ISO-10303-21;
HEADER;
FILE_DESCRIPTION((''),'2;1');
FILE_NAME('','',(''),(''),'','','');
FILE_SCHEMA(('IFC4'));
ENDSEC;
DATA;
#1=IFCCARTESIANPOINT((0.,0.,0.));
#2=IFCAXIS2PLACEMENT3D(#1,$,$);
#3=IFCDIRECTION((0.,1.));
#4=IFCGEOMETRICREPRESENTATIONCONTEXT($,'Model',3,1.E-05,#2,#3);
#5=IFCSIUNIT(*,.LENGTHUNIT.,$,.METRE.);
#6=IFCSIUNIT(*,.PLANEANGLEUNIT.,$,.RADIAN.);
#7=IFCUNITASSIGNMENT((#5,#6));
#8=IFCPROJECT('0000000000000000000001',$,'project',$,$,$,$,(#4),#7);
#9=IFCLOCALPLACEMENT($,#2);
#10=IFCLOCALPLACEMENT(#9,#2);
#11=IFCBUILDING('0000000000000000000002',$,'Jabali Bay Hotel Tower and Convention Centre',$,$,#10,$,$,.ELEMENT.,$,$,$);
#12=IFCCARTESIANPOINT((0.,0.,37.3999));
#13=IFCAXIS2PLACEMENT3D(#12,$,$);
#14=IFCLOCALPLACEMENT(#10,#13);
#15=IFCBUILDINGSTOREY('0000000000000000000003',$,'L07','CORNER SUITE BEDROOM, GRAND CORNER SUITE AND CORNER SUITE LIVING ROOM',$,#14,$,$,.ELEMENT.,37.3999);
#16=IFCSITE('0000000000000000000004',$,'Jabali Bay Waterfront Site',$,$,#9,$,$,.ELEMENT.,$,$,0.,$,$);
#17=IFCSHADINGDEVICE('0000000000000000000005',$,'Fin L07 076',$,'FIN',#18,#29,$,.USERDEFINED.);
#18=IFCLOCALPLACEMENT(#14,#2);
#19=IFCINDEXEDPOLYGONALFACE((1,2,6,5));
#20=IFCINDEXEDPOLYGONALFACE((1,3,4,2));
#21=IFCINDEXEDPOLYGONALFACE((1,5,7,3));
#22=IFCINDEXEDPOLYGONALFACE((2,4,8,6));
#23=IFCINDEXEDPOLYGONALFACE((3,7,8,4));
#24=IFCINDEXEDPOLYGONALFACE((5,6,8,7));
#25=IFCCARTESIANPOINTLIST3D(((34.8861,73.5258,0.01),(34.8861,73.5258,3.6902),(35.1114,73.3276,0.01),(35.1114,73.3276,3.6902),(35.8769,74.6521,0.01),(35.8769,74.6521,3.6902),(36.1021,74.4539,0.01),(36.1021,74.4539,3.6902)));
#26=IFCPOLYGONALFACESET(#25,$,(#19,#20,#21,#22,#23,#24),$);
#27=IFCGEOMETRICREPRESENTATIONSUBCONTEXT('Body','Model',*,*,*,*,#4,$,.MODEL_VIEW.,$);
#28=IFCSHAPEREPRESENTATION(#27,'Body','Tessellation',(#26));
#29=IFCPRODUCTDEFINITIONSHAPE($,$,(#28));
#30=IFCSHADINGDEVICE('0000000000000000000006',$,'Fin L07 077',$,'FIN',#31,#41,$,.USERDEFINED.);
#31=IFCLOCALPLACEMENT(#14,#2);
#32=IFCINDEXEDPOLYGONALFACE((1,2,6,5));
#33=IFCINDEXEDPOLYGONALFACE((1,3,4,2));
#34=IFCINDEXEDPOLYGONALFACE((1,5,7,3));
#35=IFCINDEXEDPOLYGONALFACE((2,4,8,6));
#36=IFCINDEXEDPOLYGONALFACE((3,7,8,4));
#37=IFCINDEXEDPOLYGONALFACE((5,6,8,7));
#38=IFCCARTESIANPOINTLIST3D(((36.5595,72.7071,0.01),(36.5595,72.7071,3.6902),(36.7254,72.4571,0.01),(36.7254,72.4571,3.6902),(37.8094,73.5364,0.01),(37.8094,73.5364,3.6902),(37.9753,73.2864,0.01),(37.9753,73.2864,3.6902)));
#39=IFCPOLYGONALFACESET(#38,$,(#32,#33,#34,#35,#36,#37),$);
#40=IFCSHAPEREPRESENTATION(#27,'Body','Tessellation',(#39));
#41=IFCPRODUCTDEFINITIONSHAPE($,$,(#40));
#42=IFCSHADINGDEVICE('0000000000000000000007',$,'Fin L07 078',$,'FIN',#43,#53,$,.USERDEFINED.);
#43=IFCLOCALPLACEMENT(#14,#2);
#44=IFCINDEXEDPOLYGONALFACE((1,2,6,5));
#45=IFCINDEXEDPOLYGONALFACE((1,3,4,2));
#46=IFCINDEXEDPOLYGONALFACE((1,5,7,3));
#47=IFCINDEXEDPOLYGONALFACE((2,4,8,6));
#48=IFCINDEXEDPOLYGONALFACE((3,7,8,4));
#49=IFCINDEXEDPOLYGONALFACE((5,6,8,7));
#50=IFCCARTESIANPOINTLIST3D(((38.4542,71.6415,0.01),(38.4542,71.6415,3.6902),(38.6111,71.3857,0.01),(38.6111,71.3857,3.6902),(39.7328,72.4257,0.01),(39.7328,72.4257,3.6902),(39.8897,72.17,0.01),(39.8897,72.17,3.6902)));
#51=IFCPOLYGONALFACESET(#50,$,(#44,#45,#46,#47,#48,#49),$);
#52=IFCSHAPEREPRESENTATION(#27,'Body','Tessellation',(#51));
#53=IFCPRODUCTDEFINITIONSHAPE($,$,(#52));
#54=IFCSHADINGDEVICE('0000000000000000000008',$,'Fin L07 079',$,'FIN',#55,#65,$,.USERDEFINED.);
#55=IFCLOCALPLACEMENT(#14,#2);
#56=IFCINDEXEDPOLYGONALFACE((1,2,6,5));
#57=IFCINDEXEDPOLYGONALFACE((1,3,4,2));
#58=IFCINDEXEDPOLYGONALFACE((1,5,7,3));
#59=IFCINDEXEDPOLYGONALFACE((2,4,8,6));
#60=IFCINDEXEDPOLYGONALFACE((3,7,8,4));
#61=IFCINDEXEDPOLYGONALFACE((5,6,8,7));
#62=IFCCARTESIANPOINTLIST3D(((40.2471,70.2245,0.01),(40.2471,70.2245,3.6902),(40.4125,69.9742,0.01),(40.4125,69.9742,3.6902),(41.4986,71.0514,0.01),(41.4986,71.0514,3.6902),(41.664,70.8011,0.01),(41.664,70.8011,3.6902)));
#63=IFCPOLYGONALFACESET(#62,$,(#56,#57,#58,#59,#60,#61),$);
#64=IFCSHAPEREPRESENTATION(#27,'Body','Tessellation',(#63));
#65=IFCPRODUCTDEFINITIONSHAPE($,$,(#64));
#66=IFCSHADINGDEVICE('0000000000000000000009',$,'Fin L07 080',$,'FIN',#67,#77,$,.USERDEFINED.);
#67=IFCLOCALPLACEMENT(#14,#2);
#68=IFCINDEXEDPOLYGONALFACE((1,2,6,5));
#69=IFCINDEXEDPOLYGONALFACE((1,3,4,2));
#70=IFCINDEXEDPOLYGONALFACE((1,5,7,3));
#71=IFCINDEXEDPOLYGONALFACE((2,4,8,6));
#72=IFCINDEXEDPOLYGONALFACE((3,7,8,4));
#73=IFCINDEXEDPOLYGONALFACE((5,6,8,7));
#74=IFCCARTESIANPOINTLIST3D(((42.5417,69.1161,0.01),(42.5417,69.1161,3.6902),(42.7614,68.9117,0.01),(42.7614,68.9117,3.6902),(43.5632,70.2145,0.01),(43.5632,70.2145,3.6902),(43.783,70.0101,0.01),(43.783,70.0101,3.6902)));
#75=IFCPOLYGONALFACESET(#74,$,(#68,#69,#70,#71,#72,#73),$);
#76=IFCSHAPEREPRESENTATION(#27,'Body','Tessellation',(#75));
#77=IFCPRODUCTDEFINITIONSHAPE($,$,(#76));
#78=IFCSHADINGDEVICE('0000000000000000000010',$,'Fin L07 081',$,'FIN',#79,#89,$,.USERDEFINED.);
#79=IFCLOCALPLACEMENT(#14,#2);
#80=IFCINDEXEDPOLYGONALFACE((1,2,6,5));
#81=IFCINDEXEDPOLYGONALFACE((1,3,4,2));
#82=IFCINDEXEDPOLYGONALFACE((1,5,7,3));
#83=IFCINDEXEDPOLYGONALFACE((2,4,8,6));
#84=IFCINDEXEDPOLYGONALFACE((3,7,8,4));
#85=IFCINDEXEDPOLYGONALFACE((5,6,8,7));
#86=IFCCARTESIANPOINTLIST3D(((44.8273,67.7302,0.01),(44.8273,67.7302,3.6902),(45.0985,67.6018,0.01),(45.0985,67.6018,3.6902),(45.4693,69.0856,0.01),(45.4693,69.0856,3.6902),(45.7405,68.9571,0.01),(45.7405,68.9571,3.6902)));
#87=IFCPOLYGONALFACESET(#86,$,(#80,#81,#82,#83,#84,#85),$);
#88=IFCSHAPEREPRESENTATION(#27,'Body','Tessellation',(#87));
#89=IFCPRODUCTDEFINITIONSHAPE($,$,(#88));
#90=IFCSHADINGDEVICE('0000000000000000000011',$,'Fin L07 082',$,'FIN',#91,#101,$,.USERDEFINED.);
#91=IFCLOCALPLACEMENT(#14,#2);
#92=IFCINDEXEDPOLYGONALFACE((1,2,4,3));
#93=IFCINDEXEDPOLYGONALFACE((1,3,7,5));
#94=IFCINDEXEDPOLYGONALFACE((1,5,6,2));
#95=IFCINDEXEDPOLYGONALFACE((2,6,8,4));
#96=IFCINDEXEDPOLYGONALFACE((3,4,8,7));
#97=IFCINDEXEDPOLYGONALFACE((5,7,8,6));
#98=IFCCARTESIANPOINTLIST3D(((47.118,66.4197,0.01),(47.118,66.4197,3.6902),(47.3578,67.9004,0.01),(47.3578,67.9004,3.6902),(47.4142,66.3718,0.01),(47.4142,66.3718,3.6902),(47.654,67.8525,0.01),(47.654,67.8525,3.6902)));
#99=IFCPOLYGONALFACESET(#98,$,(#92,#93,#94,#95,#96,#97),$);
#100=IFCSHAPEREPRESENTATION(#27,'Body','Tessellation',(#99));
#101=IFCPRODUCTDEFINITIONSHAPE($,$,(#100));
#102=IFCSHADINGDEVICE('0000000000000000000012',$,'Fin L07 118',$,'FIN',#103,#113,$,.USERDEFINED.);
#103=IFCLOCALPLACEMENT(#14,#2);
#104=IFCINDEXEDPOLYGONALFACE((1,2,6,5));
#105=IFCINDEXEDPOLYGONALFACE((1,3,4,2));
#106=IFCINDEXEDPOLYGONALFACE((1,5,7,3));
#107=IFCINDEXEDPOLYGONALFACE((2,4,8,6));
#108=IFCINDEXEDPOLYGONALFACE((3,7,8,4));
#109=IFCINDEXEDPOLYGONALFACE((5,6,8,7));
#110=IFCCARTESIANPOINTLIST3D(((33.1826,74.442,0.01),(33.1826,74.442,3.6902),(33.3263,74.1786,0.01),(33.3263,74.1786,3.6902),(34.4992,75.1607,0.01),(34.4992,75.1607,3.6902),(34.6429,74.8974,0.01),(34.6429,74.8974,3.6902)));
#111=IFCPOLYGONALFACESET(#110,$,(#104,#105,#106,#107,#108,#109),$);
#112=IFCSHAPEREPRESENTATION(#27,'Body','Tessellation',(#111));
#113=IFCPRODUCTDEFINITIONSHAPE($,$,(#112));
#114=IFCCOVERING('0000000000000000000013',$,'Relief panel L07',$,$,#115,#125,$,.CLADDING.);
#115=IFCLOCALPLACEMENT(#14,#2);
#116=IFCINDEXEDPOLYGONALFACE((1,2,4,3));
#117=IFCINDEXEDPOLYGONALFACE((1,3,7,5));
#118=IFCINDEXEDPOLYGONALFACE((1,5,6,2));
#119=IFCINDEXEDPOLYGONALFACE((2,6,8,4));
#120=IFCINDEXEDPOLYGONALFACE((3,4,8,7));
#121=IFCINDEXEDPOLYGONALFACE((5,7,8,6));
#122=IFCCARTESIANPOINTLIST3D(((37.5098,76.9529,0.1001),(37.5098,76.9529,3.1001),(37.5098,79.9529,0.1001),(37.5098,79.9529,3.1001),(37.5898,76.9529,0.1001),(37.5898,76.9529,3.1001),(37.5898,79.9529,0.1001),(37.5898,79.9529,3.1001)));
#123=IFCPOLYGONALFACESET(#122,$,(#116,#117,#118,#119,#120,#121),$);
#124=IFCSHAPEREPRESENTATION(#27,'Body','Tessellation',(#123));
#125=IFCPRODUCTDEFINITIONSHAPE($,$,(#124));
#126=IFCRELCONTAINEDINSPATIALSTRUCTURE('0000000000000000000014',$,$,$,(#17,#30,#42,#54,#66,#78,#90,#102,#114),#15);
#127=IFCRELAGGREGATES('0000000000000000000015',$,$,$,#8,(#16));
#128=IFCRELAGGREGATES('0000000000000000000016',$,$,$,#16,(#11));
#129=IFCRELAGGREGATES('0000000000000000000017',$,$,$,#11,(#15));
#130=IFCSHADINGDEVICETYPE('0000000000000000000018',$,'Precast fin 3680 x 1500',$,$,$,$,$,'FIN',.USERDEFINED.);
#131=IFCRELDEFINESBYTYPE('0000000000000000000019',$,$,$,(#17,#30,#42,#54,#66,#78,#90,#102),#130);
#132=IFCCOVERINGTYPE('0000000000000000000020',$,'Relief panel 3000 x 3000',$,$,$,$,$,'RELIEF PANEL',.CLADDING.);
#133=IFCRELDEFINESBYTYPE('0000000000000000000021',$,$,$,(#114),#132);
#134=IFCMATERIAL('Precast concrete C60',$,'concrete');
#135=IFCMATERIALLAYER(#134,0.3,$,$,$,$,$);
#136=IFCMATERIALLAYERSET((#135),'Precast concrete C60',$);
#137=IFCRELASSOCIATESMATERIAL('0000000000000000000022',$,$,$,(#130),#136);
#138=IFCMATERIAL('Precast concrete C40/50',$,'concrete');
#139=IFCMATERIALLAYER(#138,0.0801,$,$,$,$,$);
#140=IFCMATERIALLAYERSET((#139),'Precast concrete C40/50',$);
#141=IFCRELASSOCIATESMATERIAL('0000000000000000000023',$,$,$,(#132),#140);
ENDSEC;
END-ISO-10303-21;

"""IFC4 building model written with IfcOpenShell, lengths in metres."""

from ifc_helpers import new_model, si_unit, direction, frame, frame_2d, origin, origin_2d, place, context, subcontext, project, spatial, rectangle, extrude, material, layer, layer_set, type_object, element, save


model = new_model("IFC4")

# Units and contexts
model_context = context("Model", 3, precision=1e-05, world=origin(), true_north=direction((0.0, 1.0)))
body_context = subcontext(model_context, "Body", "Model", "MODEL_VIEW")
ifc_project = project(units=[si_unit("LENGTHUNIT", "METRE"), si_unit("PLANEANGLEUNIT", "RADIAN")], contexts=[model_context])

# Site, building, storey
site_placement = place(None, origin())
site = spatial("IfcSite", under=ifc_project, at=site_placement, Name="Jabali Bay Waterfront Site", CompositionType="ELEMENT", RefElevation=0.0)
building_placement = place(site_placement, origin())
building = spatial("IfcBuilding", under=site, at=building_placement, Name="Jabali Bay Hotel Tower and Convention Centre", CompositionType="ELEMENT")
storey_placement = place(building_placement, frame((0.0, 0.0, 37.3999)))
storey = spatial("IfcBuildingStorey", under=building, at=storey_placement, Name="L07", Description="CORNER SUITE BEDROOM, GRAND CORNER SUITE AND CORNER SUITE LIVING ROOM", CompositionType="ELEMENT", Elevation=37.3999)

# Shading devices
ifc_material_1 = material(Name="Precast concrete C60", Category="concrete")
ifc_layer_1 = layer(ifc_material_1, 0.3)
ifc_layer_set_1 = layer_set([ifc_layer_1], Name="Precast concrete C60")
shading_device_type = type_object("IfcShadingDeviceType", Name="Precast fin 3680 x 1500", ElementType="FIN", PredefinedType="USERDEFINED", material=ifc_layer_set_1)
for number, where, z_axis, x_axis, name in (
    (1, (35.9895, 74.553, 0.01), (0.0, 0.0, 1.0), (-0.660496, -0.75083, 0.0), "Fin L07 076"),
    (2, (37.8923, 73.4114, 0.01), (0.0, 0.0, 1.0), (-0.833275, -0.552859, 0.0), "Fin L07 077"),
    (3, (39.8113, 72.2979, 0.01), (0.0, 0.0, 1.0), (-0.85244, -0.522825, 0.0), "Fin L07 078"),
    (4, (41.5813, 70.9263, 0.01), (0.0, 0.0, 1.0), (-0.834322, -0.551277, 0.0), "Fin L07 079"),
    (5, (43.6731, 70.1123, 0.01), (0.0, 0.0, 1.0), (-0.681007, -0.732277, 0.0), "Fin L07 080"),
):
    element("IfcShadingDevice", number, at=place(storey_placement, frame(where, z_axis=z_axis, x_axis=x_axis)), inside=storey, type_object=shading_device_type, Name=name, ObjectType="FIN", PredefinedType="USERDEFINED", context=body_context, shape_type="SweptSolid", body=[
        extrude(rectangle(XDim=1.5, YDim=0.3, at=frame_2d((0.75, 0.0))), origin(), (0.0, 0.0, 1.0), 3.6802),
    ])
shading_device_placement = place(storey_placement, frame((45.605, 69.0215, 0.01), z_axis=(0.0, 0.0, 1.0), x_axis=(-0.4281, -0.903731, 0.0)))
element("IfcShadingDevice", 6, at=shading_device_placement, inside=storey, type_object=shading_device_type, Name="Fin L07 081", ObjectType="FIN", PredefinedType="USERDEFINED", context=body_context, shape_type="SweptSolid", body=[
    extrude(rectangle(XDim=1.4998, YDim=0.3, at=frame_2d((0.75, 0.0))), origin(), (0.0, 0.0, 1.0), 3.6802),
])
for number, where, z_axis, x_axis, name in (
    (7, (47.5059, 67.8765, 0.01), (0.0, 0.0, 1.0), (-0.159831, -0.987144, 0.0), "Fin L07 082"),
    (8, (34.571, 75.0291, 0.01), (0.0, 0.0, 1.0), (-0.877734, -0.479149, 0.0), "Fin L07 118"),
):
    element("IfcShadingDevice", number, at=place(storey_placement, frame(where, z_axis=z_axis, x_axis=x_axis)), inside=storey, type_object=shading_device_type, Name=name, ObjectType="FIN", PredefinedType="USERDEFINED", context=body_context, shape_type="SweptSolid", body=[
        extrude(rectangle(XDim=1.5, YDim=0.3, at=frame_2d((0.75, 0.0))), origin(), (0.0, 0.0, 1.0), 3.6802),
    ])

# Covering
ifc_material_2 = material(Name="Precast concrete C40/50", Category="concrete")
ifc_layer_2 = layer(ifc_material_2, 0.0801)
ifc_layer_set_2 = layer_set([ifc_layer_2], Name="Precast concrete C40/50")
covering_type = type_object("IfcCoveringType", Name="Relief panel 3000 x 3000", ElementType="RELIEF PANEL", PredefinedType="CLADDING", material=ifc_layer_set_2)
covering_placement = place(storey_placement, frame((37.5498, 78.4529, 0.1001), z_axis=(0.0, 0.0, 1.0), x_axis=(0.0, 1.0, 0.0)))
element("IfcCovering", 9, at=covering_placement, inside=storey, type_object=covering_type, Name="Relief panel L07", PredefinedType="CLADDING", context=body_context, shape_type="SweptSolid", body=[
    extrude(rectangle(XDim=3.0, YDim=0.0801, at=origin_2d()), origin(), (0.0, 0.0, 1.0), 3.0),
])

save(model, "model.ifc")
